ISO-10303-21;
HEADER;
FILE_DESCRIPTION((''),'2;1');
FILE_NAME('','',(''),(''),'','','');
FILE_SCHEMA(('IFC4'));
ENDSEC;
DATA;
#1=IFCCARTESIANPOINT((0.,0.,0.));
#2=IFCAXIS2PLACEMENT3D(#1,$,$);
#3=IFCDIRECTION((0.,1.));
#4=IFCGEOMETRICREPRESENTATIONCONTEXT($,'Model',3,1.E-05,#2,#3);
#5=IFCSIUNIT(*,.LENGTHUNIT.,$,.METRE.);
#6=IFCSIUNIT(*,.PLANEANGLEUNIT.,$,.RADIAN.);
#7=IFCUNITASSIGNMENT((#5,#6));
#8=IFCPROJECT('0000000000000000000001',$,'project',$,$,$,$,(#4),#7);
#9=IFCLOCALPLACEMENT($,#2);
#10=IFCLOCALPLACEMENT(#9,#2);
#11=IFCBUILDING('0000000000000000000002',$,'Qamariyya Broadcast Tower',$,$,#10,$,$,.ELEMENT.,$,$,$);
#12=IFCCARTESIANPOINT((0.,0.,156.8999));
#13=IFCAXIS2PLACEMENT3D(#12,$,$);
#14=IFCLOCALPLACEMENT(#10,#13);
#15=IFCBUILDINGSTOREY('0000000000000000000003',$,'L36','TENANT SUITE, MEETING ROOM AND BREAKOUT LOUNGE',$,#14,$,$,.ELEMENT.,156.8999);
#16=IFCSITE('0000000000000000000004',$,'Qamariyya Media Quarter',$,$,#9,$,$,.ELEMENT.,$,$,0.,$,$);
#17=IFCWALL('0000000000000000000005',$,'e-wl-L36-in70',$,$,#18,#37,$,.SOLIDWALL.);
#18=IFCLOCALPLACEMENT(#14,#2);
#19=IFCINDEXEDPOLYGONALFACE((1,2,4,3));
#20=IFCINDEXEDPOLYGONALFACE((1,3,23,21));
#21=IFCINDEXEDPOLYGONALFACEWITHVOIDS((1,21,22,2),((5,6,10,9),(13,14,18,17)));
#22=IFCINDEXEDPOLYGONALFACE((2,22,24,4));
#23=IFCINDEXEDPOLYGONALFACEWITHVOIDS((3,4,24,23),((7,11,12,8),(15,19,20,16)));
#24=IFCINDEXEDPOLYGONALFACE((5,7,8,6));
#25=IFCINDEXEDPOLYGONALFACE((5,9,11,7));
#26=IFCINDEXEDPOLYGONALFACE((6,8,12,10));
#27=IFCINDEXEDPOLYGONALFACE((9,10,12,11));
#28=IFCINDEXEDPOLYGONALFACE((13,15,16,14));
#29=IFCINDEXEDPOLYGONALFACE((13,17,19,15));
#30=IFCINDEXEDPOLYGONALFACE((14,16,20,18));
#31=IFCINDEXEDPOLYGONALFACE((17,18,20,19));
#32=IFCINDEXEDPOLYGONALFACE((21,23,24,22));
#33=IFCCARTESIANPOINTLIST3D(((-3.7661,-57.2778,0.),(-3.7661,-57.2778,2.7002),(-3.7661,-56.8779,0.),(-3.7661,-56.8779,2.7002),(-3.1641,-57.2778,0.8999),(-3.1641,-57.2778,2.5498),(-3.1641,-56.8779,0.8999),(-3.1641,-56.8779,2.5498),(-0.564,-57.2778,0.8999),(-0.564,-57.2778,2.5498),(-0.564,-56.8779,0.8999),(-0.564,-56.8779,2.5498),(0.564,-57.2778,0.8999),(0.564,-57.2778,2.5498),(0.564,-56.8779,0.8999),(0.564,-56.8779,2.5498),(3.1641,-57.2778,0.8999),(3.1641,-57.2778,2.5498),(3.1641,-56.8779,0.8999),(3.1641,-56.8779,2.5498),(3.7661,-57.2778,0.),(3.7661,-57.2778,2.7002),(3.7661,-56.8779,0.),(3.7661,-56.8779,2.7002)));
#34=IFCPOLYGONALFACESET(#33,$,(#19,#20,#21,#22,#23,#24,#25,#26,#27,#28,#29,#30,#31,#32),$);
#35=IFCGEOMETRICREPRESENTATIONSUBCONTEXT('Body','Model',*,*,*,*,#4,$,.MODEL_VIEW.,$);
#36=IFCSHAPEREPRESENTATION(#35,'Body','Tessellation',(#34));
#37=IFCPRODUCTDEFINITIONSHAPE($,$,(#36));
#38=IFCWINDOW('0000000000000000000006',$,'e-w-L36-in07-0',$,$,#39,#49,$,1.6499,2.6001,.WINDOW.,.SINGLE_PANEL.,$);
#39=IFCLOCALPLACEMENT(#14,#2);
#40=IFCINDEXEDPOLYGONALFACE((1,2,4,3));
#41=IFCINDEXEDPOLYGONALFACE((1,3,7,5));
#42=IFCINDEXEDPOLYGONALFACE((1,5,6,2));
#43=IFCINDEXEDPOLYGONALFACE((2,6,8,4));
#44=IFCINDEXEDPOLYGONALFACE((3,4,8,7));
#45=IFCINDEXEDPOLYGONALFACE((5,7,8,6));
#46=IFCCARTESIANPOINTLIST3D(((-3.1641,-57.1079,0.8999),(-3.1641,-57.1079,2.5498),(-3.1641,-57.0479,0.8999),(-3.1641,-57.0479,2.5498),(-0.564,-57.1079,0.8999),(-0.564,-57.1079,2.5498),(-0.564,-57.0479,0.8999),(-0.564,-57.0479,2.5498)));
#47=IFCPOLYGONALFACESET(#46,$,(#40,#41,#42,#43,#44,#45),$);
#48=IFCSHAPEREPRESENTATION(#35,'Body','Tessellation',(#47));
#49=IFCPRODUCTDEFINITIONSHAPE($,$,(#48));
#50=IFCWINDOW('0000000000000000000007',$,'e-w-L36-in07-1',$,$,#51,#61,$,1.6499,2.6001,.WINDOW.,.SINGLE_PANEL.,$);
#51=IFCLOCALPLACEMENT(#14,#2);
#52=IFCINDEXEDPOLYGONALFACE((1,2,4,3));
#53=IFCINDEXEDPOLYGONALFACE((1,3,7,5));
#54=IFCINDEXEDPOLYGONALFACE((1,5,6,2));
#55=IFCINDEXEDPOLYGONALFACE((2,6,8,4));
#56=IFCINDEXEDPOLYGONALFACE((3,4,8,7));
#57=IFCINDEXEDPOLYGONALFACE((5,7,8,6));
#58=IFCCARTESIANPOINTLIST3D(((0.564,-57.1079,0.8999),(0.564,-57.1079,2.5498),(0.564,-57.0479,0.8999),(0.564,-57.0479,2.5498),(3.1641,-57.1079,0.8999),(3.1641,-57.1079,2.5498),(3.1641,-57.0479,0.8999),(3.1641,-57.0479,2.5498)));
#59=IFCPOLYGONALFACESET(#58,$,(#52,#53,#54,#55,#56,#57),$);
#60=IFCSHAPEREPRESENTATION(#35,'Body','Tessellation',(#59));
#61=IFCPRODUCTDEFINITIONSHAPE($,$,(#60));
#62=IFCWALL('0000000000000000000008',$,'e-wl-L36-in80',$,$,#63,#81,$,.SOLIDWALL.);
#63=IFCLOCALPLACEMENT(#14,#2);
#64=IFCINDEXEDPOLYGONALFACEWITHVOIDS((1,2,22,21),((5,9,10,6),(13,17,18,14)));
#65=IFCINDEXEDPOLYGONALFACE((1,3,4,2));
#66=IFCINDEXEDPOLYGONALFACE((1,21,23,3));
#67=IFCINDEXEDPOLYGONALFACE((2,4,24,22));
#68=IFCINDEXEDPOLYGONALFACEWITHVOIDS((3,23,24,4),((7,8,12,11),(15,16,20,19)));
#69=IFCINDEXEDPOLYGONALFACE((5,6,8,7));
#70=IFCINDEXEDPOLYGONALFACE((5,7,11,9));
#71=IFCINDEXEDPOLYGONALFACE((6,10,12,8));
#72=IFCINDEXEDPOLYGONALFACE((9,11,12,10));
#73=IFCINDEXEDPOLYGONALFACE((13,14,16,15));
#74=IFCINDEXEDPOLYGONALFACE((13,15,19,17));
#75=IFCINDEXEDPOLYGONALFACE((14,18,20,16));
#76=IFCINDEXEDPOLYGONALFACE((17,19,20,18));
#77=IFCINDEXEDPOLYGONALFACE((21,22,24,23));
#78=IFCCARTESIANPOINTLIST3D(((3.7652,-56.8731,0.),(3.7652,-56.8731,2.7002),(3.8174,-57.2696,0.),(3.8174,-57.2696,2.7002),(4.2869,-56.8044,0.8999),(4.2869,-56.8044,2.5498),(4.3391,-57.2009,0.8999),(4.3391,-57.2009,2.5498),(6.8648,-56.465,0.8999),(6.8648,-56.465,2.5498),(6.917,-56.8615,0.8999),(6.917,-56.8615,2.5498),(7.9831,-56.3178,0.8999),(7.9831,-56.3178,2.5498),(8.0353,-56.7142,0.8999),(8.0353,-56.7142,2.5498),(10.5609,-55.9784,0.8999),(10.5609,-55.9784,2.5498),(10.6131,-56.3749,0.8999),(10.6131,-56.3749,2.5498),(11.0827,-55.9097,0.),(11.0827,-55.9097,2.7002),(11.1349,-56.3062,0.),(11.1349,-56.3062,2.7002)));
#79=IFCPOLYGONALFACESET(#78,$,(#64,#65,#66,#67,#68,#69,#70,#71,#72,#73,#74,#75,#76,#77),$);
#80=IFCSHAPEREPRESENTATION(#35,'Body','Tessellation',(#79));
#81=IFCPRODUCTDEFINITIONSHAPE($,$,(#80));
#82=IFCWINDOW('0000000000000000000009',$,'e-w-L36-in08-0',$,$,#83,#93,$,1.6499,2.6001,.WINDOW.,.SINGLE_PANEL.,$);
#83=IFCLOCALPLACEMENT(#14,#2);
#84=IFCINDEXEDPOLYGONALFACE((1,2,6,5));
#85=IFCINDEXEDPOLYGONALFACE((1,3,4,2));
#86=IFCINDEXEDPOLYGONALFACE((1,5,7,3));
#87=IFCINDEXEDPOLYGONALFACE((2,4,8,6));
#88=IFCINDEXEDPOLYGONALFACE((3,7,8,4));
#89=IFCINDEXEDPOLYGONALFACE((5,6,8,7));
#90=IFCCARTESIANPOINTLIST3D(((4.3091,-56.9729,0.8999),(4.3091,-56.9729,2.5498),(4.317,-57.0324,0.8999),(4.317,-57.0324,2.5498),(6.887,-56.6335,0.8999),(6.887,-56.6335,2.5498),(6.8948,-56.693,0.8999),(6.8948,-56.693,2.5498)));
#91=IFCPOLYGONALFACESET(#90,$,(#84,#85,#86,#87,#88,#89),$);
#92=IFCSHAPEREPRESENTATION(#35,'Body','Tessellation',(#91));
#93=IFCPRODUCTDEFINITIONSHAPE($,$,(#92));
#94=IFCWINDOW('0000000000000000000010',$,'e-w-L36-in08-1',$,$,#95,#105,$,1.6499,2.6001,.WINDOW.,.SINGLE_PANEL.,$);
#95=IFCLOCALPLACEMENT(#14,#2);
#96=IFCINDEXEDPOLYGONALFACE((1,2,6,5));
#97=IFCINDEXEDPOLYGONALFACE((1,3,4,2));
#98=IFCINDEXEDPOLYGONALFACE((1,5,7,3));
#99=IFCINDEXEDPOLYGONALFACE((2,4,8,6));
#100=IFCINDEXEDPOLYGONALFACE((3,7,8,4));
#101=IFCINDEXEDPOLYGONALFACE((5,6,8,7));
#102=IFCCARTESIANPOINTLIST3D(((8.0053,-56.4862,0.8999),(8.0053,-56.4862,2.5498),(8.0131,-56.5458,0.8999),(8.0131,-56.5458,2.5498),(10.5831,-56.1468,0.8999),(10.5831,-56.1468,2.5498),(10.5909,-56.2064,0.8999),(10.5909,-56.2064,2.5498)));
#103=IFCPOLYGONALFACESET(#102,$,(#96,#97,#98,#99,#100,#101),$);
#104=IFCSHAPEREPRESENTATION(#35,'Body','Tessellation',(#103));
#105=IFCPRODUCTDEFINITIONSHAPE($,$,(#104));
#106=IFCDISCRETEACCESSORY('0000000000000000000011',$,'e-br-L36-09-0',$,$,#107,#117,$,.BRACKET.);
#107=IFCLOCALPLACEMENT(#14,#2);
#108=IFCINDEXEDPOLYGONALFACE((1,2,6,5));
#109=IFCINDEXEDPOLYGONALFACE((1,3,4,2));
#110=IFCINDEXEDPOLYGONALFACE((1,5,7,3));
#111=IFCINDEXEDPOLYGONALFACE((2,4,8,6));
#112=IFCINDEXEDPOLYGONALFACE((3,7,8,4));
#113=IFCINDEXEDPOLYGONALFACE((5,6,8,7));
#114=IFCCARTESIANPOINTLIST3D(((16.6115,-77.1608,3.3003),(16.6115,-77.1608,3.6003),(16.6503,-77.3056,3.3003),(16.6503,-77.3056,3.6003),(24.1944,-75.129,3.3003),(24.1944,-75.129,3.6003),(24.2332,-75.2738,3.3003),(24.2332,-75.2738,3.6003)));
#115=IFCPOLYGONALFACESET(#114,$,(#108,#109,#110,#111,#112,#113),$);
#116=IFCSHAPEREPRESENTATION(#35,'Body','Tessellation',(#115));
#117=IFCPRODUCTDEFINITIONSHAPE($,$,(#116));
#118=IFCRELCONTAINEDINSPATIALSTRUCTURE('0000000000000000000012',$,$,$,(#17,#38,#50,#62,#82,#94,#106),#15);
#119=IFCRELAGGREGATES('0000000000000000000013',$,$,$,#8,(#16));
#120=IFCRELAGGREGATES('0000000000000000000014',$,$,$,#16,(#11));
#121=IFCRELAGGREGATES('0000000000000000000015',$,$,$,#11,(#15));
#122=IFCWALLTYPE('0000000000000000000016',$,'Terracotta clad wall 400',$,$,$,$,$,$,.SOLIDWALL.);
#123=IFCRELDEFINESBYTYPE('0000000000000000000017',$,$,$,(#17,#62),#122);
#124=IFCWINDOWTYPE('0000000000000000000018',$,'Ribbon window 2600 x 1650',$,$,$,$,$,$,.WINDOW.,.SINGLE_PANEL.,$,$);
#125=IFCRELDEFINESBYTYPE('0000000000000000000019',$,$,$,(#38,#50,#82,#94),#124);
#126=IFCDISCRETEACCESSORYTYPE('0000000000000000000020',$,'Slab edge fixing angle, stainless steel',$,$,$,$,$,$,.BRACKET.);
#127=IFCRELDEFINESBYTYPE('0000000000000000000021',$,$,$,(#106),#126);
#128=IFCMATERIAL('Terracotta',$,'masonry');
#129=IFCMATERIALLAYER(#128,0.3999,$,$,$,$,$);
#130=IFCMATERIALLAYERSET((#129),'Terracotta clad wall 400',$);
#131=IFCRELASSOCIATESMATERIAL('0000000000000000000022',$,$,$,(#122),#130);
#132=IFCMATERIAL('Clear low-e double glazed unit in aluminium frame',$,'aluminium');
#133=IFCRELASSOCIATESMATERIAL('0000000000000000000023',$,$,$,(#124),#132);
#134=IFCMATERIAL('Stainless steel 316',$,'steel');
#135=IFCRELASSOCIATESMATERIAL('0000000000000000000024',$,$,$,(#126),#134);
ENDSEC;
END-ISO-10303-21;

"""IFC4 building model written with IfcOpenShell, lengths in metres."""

from ifc_helpers import new_model, si_unit, direction, frame, frame_2d, origin, origin_2d, place, context, subcontext, project, spatial, rectangle, extrude, material, layer, layer_set, type_object, element, fill, save


model = new_model("IFC4")

# Units and contexts
model_context = context("Model", 3, precision=1e-05, world=origin(), true_north=direction((0.0, 1.0)))
body_context = subcontext(model_context, "Body", "Model", "MODEL_VIEW")
ifc_project = project(units=[si_unit("LENGTHUNIT", "METRE"), si_unit("PLANEANGLEUNIT", "RADIAN")], contexts=[model_context])

# Site, building, storey
site_placement = place(None, origin())
site = spatial("IfcSite", under=ifc_project, at=site_placement, Name="Qamariyya Media Quarter", CompositionType="ELEMENT", RefElevation=0.0)
building_placement = place(site_placement, origin())
building = spatial("IfcBuilding", under=site, at=building_placement, Name="Qamariyya Broadcast Tower", CompositionType="ELEMENT")
storey_placement = place(building_placement, frame((0.0, 0.0, 156.8999)))
storey = spatial("IfcBuildingStorey", under=building, at=storey_placement, Name="L36", Description="TENANT SUITE, MEETING ROOM AND BREAKOUT LOUNGE", CompositionType="ELEMENT", Elevation=156.8999)

# Walls, openings, windows
ifc_material_1 = material(Name="Terracotta", Category="masonry")
ifc_layer_1 = layer(ifc_material_1, 0.3999)
ifc_layer_set_1 = layer_set([ifc_layer_1], Name="Terracotta clad wall 400")
wall_type_1 = type_object("IfcWallType", Name="Terracotta clad wall 400", PredefinedType="SOLIDWALL", material=ifc_layer_set_1)
wall_1_placement = place(storey_placement, frame((3.7661, -57.0779, 0.0), z_axis=(0.0, 0.0, 1.0), x_axis=(-1.0, 0.0, 0.0)))
wall_1 = element("IfcWall", 1, at=wall_1_placement, inside=storey, type_object=wall_type_1, Name="e-wl-L36-in70", PredefinedType="SOLIDWALL", context=body_context, shape_type="SweptSolid", body=[
    extrude(rectangle(XDim=7.5322, YDim=0.3999, at=frame_2d((3.7661, 0.0))), origin(), (0.0, 0.0, 1.0), 2.7002),
])
opening_1_placement = place(wall_1_placement, frame((4.3301, 0.0, 0.8999)))
opening_1 = element("IfcOpeningElement", 2, at=opening_1_placement, cuts=wall_1, PredefinedType="OPENING", context=body_context, shape_type="SweptSolid", body=[
    extrude(rectangle(XDim=2.6001, YDim=1.6499, at=frame_2d((1.3, 0.825))), frame((0.0, 0.21, 0.0), z_axis=(0.0, -1.0, 0.0), x_axis=(1.0, 0.0, 0.0)), (0.0, 0.0, 1.0), 0.4199),
])
opening_2_placement = place(wall_1_placement, frame((0.6021, 0.0, 0.8999)))
opening_2 = element("IfcOpeningElement", 3, at=opening_2_placement, cuts=wall_1, PredefinedType="OPENING", context=body_context, shape_type="SweptSolid", body=[
    extrude(rectangle(XDim=2.6001, YDim=1.6499, at=frame_2d((1.3, 0.825))), frame((0.0, 0.21, 0.0), z_axis=(0.0, -1.0, 0.0), x_axis=(1.0, 0.0, 0.0)), (0.0, 0.0, 1.0), 0.4199),
])
ifc_material_2 = material(Name="Clear low-e double glazed unit in aluminium frame", Category="aluminium")
window_type = type_object("IfcWindowType", Name="Ribbon window 2600 x 1650", PartitioningType="SINGLE_PANEL", PredefinedType="WINDOW", material=ifc_material_2)
window_1_placement = place(opening_1_placement, origin())
window_1 = element("IfcWindow", 4, at=window_1_placement, inside=storey, type_object=window_type, Name="e-w-L36-in07-0", OverallHeight=1.6499, OverallWidth=2.6001, PartitioningType="SINGLE_PANEL", PredefinedType="WINDOW", context=body_context, shape_type="SweptSolid", body=[
    extrude(rectangle(XDim=2.6001, YDim=1.6499, at=frame_2d((1.3, 0.825))), frame((0.0, 0.03, 0.0), z_axis=(0.0, -1.0, 0.0), x_axis=(1.0, 0.0, 0.0)), (0.0, 0.0, 1.0), 0.0601),
])
fill(opening_1, window_1)
window_2_placement = place(opening_2_placement, origin())
window_2 = element("IfcWindow", 5, at=window_2_placement, inside=storey, type_object=window_type, Name="e-w-L36-in07-1", OverallHeight=1.6499, OverallWidth=2.6001, PartitioningType="SINGLE_PANEL", PredefinedType="WINDOW", context=body_context, shape_type="SweptSolid", body=[
    extrude(rectangle(XDim=2.6001, YDim=1.6499, at=frame_2d((1.3, 0.825))), frame((0.0, 0.03, 0.0), z_axis=(0.0, -1.0, 0.0), x_axis=(1.0, 0.0, 0.0)), (0.0, 0.0, 1.0), 0.0601),
])
fill(opening_2, window_2)
wall_2_placement = place(storey_placement, frame((11.1089, -56.1079, 0.0), z_axis=(0.0, 0.0, 1.0), x_axis=(-0.991444, -0.13053, 0.0)))
wall_2 = element("IfcWall", 6, at=wall_2_placement, inside=storey, type_object=wall_type_1, Name="e-wl-L36-in80", PredefinedType="SOLIDWALL", context=body_context, shape_type="SweptSolid", body=[
    extrude(rectangle(XDim=7.3806, YDim=0.3999, at=frame_2d((3.6904, 0.0))), origin(), (0.0, 0.0, 1.0), 2.7002),
])
opening_3_placement = place(wall_2_placement, frame((4.2544, 0.0, 0.8999)))
opening_3 = element("IfcOpeningElement", 7, at=opening_3_placement, cuts=wall_2, PredefinedType="OPENING", context=body_context, shape_type="SweptSolid", body=[
    extrude(rectangle(XDim=2.6001, YDim=1.6499, at=frame_2d((1.3, 0.825))), frame((0.0, 0.21, 0.0), z_axis=(0.0, -1.0, 0.0), x_axis=(1.0, 0.0, 0.0)), (0.0, 0.0, 1.0), 0.4199),
])
opening_4_placement = place(wall_2_placement, frame((0.5264, 0.0, 0.8999)))
opening_4 = element("IfcOpeningElement", 8, at=opening_4_placement, cuts=wall_2, PredefinedType="OPENING", context=body_context, shape_type="SweptSolid", body=[
    extrude(rectangle(XDim=2.6001, YDim=1.6499, at=frame_2d((1.3, 0.825))), frame((0.0, 0.21, 0.0), z_axis=(0.0, -1.0, 0.0), x_axis=(1.0, 0.0, 0.0)), (0.0, 0.0, 1.0), 0.4199),
])
window_3_placement = place(opening_3_placement, origin())
window_3 = element("IfcWindow", 9, at=window_3_placement, inside=storey, type_object=window_type, Name="e-w-L36-in08-0", OverallHeight=1.6499, OverallWidth=2.6001, PartitioningType="SINGLE_PANEL", PredefinedType="WINDOW", context=body_context, shape_type="SweptSolid", body=[
    extrude(rectangle(XDim=2.6001, YDim=1.6499, at=frame_2d((1.3, 0.825))), frame((0.0, 0.03, 0.0), z_axis=(0.0, -1.0, 0.0), x_axis=(1.0, 0.0, 0.0)), (0.0, 0.0, 1.0), 0.0601),
])
fill(opening_3, window_3)
window_4_placement = place(opening_4_placement, origin())
window_4 = element("IfcWindow", 10, at=window_4_placement, inside=storey, type_object=window_type, Name="e-w-L36-in08-1", OverallHeight=1.6499, OverallWidth=2.6001, PartitioningType="SINGLE_PANEL", PredefinedType="WINDOW", context=body_context, shape_type="SweptSolid", body=[
    extrude(rectangle(XDim=2.6001, YDim=1.6499, at=frame_2d((1.3, 0.825))), frame((0.0, 0.03, 0.0), z_axis=(0.0, -1.0, 0.0), x_axis=(1.0, 0.0, 0.0)), (0.0, 0.0, 1.0), 0.0601),
])
fill(opening_4, window_4)

# Discrete accessory
ifc_material_3 = material(Name="Stainless steel 316", Category="steel")
discrete_accessory_type = type_object("IfcDiscreteAccessoryType", Name="Slab edge fixing angle, stainless steel", PredefinedType="BRACKET", material=ifc_material_3)
discrete_accessory_placement = place(storey_placement, frame((20.4224, -76.2173, 3.3003), z_axis=(0.0, 0.0, 1.0), x_axis=(0.965926, 0.258819, 0.0)))
element("IfcDiscreteAccessory", 11, at=discrete_accessory_placement, inside=storey, type_object=discrete_accessory_type, Name="e-br-L36-09-0", PredefinedType="BRACKET", context=body_context, shape_type="SweptSolid", body=[
    extrude(rectangle(XDim=7.8503, YDim=0.1499, at=origin_2d()), origin(), (0.0, 0.0, 1.0), 0.3),
])

save(model, "model.ifc")
